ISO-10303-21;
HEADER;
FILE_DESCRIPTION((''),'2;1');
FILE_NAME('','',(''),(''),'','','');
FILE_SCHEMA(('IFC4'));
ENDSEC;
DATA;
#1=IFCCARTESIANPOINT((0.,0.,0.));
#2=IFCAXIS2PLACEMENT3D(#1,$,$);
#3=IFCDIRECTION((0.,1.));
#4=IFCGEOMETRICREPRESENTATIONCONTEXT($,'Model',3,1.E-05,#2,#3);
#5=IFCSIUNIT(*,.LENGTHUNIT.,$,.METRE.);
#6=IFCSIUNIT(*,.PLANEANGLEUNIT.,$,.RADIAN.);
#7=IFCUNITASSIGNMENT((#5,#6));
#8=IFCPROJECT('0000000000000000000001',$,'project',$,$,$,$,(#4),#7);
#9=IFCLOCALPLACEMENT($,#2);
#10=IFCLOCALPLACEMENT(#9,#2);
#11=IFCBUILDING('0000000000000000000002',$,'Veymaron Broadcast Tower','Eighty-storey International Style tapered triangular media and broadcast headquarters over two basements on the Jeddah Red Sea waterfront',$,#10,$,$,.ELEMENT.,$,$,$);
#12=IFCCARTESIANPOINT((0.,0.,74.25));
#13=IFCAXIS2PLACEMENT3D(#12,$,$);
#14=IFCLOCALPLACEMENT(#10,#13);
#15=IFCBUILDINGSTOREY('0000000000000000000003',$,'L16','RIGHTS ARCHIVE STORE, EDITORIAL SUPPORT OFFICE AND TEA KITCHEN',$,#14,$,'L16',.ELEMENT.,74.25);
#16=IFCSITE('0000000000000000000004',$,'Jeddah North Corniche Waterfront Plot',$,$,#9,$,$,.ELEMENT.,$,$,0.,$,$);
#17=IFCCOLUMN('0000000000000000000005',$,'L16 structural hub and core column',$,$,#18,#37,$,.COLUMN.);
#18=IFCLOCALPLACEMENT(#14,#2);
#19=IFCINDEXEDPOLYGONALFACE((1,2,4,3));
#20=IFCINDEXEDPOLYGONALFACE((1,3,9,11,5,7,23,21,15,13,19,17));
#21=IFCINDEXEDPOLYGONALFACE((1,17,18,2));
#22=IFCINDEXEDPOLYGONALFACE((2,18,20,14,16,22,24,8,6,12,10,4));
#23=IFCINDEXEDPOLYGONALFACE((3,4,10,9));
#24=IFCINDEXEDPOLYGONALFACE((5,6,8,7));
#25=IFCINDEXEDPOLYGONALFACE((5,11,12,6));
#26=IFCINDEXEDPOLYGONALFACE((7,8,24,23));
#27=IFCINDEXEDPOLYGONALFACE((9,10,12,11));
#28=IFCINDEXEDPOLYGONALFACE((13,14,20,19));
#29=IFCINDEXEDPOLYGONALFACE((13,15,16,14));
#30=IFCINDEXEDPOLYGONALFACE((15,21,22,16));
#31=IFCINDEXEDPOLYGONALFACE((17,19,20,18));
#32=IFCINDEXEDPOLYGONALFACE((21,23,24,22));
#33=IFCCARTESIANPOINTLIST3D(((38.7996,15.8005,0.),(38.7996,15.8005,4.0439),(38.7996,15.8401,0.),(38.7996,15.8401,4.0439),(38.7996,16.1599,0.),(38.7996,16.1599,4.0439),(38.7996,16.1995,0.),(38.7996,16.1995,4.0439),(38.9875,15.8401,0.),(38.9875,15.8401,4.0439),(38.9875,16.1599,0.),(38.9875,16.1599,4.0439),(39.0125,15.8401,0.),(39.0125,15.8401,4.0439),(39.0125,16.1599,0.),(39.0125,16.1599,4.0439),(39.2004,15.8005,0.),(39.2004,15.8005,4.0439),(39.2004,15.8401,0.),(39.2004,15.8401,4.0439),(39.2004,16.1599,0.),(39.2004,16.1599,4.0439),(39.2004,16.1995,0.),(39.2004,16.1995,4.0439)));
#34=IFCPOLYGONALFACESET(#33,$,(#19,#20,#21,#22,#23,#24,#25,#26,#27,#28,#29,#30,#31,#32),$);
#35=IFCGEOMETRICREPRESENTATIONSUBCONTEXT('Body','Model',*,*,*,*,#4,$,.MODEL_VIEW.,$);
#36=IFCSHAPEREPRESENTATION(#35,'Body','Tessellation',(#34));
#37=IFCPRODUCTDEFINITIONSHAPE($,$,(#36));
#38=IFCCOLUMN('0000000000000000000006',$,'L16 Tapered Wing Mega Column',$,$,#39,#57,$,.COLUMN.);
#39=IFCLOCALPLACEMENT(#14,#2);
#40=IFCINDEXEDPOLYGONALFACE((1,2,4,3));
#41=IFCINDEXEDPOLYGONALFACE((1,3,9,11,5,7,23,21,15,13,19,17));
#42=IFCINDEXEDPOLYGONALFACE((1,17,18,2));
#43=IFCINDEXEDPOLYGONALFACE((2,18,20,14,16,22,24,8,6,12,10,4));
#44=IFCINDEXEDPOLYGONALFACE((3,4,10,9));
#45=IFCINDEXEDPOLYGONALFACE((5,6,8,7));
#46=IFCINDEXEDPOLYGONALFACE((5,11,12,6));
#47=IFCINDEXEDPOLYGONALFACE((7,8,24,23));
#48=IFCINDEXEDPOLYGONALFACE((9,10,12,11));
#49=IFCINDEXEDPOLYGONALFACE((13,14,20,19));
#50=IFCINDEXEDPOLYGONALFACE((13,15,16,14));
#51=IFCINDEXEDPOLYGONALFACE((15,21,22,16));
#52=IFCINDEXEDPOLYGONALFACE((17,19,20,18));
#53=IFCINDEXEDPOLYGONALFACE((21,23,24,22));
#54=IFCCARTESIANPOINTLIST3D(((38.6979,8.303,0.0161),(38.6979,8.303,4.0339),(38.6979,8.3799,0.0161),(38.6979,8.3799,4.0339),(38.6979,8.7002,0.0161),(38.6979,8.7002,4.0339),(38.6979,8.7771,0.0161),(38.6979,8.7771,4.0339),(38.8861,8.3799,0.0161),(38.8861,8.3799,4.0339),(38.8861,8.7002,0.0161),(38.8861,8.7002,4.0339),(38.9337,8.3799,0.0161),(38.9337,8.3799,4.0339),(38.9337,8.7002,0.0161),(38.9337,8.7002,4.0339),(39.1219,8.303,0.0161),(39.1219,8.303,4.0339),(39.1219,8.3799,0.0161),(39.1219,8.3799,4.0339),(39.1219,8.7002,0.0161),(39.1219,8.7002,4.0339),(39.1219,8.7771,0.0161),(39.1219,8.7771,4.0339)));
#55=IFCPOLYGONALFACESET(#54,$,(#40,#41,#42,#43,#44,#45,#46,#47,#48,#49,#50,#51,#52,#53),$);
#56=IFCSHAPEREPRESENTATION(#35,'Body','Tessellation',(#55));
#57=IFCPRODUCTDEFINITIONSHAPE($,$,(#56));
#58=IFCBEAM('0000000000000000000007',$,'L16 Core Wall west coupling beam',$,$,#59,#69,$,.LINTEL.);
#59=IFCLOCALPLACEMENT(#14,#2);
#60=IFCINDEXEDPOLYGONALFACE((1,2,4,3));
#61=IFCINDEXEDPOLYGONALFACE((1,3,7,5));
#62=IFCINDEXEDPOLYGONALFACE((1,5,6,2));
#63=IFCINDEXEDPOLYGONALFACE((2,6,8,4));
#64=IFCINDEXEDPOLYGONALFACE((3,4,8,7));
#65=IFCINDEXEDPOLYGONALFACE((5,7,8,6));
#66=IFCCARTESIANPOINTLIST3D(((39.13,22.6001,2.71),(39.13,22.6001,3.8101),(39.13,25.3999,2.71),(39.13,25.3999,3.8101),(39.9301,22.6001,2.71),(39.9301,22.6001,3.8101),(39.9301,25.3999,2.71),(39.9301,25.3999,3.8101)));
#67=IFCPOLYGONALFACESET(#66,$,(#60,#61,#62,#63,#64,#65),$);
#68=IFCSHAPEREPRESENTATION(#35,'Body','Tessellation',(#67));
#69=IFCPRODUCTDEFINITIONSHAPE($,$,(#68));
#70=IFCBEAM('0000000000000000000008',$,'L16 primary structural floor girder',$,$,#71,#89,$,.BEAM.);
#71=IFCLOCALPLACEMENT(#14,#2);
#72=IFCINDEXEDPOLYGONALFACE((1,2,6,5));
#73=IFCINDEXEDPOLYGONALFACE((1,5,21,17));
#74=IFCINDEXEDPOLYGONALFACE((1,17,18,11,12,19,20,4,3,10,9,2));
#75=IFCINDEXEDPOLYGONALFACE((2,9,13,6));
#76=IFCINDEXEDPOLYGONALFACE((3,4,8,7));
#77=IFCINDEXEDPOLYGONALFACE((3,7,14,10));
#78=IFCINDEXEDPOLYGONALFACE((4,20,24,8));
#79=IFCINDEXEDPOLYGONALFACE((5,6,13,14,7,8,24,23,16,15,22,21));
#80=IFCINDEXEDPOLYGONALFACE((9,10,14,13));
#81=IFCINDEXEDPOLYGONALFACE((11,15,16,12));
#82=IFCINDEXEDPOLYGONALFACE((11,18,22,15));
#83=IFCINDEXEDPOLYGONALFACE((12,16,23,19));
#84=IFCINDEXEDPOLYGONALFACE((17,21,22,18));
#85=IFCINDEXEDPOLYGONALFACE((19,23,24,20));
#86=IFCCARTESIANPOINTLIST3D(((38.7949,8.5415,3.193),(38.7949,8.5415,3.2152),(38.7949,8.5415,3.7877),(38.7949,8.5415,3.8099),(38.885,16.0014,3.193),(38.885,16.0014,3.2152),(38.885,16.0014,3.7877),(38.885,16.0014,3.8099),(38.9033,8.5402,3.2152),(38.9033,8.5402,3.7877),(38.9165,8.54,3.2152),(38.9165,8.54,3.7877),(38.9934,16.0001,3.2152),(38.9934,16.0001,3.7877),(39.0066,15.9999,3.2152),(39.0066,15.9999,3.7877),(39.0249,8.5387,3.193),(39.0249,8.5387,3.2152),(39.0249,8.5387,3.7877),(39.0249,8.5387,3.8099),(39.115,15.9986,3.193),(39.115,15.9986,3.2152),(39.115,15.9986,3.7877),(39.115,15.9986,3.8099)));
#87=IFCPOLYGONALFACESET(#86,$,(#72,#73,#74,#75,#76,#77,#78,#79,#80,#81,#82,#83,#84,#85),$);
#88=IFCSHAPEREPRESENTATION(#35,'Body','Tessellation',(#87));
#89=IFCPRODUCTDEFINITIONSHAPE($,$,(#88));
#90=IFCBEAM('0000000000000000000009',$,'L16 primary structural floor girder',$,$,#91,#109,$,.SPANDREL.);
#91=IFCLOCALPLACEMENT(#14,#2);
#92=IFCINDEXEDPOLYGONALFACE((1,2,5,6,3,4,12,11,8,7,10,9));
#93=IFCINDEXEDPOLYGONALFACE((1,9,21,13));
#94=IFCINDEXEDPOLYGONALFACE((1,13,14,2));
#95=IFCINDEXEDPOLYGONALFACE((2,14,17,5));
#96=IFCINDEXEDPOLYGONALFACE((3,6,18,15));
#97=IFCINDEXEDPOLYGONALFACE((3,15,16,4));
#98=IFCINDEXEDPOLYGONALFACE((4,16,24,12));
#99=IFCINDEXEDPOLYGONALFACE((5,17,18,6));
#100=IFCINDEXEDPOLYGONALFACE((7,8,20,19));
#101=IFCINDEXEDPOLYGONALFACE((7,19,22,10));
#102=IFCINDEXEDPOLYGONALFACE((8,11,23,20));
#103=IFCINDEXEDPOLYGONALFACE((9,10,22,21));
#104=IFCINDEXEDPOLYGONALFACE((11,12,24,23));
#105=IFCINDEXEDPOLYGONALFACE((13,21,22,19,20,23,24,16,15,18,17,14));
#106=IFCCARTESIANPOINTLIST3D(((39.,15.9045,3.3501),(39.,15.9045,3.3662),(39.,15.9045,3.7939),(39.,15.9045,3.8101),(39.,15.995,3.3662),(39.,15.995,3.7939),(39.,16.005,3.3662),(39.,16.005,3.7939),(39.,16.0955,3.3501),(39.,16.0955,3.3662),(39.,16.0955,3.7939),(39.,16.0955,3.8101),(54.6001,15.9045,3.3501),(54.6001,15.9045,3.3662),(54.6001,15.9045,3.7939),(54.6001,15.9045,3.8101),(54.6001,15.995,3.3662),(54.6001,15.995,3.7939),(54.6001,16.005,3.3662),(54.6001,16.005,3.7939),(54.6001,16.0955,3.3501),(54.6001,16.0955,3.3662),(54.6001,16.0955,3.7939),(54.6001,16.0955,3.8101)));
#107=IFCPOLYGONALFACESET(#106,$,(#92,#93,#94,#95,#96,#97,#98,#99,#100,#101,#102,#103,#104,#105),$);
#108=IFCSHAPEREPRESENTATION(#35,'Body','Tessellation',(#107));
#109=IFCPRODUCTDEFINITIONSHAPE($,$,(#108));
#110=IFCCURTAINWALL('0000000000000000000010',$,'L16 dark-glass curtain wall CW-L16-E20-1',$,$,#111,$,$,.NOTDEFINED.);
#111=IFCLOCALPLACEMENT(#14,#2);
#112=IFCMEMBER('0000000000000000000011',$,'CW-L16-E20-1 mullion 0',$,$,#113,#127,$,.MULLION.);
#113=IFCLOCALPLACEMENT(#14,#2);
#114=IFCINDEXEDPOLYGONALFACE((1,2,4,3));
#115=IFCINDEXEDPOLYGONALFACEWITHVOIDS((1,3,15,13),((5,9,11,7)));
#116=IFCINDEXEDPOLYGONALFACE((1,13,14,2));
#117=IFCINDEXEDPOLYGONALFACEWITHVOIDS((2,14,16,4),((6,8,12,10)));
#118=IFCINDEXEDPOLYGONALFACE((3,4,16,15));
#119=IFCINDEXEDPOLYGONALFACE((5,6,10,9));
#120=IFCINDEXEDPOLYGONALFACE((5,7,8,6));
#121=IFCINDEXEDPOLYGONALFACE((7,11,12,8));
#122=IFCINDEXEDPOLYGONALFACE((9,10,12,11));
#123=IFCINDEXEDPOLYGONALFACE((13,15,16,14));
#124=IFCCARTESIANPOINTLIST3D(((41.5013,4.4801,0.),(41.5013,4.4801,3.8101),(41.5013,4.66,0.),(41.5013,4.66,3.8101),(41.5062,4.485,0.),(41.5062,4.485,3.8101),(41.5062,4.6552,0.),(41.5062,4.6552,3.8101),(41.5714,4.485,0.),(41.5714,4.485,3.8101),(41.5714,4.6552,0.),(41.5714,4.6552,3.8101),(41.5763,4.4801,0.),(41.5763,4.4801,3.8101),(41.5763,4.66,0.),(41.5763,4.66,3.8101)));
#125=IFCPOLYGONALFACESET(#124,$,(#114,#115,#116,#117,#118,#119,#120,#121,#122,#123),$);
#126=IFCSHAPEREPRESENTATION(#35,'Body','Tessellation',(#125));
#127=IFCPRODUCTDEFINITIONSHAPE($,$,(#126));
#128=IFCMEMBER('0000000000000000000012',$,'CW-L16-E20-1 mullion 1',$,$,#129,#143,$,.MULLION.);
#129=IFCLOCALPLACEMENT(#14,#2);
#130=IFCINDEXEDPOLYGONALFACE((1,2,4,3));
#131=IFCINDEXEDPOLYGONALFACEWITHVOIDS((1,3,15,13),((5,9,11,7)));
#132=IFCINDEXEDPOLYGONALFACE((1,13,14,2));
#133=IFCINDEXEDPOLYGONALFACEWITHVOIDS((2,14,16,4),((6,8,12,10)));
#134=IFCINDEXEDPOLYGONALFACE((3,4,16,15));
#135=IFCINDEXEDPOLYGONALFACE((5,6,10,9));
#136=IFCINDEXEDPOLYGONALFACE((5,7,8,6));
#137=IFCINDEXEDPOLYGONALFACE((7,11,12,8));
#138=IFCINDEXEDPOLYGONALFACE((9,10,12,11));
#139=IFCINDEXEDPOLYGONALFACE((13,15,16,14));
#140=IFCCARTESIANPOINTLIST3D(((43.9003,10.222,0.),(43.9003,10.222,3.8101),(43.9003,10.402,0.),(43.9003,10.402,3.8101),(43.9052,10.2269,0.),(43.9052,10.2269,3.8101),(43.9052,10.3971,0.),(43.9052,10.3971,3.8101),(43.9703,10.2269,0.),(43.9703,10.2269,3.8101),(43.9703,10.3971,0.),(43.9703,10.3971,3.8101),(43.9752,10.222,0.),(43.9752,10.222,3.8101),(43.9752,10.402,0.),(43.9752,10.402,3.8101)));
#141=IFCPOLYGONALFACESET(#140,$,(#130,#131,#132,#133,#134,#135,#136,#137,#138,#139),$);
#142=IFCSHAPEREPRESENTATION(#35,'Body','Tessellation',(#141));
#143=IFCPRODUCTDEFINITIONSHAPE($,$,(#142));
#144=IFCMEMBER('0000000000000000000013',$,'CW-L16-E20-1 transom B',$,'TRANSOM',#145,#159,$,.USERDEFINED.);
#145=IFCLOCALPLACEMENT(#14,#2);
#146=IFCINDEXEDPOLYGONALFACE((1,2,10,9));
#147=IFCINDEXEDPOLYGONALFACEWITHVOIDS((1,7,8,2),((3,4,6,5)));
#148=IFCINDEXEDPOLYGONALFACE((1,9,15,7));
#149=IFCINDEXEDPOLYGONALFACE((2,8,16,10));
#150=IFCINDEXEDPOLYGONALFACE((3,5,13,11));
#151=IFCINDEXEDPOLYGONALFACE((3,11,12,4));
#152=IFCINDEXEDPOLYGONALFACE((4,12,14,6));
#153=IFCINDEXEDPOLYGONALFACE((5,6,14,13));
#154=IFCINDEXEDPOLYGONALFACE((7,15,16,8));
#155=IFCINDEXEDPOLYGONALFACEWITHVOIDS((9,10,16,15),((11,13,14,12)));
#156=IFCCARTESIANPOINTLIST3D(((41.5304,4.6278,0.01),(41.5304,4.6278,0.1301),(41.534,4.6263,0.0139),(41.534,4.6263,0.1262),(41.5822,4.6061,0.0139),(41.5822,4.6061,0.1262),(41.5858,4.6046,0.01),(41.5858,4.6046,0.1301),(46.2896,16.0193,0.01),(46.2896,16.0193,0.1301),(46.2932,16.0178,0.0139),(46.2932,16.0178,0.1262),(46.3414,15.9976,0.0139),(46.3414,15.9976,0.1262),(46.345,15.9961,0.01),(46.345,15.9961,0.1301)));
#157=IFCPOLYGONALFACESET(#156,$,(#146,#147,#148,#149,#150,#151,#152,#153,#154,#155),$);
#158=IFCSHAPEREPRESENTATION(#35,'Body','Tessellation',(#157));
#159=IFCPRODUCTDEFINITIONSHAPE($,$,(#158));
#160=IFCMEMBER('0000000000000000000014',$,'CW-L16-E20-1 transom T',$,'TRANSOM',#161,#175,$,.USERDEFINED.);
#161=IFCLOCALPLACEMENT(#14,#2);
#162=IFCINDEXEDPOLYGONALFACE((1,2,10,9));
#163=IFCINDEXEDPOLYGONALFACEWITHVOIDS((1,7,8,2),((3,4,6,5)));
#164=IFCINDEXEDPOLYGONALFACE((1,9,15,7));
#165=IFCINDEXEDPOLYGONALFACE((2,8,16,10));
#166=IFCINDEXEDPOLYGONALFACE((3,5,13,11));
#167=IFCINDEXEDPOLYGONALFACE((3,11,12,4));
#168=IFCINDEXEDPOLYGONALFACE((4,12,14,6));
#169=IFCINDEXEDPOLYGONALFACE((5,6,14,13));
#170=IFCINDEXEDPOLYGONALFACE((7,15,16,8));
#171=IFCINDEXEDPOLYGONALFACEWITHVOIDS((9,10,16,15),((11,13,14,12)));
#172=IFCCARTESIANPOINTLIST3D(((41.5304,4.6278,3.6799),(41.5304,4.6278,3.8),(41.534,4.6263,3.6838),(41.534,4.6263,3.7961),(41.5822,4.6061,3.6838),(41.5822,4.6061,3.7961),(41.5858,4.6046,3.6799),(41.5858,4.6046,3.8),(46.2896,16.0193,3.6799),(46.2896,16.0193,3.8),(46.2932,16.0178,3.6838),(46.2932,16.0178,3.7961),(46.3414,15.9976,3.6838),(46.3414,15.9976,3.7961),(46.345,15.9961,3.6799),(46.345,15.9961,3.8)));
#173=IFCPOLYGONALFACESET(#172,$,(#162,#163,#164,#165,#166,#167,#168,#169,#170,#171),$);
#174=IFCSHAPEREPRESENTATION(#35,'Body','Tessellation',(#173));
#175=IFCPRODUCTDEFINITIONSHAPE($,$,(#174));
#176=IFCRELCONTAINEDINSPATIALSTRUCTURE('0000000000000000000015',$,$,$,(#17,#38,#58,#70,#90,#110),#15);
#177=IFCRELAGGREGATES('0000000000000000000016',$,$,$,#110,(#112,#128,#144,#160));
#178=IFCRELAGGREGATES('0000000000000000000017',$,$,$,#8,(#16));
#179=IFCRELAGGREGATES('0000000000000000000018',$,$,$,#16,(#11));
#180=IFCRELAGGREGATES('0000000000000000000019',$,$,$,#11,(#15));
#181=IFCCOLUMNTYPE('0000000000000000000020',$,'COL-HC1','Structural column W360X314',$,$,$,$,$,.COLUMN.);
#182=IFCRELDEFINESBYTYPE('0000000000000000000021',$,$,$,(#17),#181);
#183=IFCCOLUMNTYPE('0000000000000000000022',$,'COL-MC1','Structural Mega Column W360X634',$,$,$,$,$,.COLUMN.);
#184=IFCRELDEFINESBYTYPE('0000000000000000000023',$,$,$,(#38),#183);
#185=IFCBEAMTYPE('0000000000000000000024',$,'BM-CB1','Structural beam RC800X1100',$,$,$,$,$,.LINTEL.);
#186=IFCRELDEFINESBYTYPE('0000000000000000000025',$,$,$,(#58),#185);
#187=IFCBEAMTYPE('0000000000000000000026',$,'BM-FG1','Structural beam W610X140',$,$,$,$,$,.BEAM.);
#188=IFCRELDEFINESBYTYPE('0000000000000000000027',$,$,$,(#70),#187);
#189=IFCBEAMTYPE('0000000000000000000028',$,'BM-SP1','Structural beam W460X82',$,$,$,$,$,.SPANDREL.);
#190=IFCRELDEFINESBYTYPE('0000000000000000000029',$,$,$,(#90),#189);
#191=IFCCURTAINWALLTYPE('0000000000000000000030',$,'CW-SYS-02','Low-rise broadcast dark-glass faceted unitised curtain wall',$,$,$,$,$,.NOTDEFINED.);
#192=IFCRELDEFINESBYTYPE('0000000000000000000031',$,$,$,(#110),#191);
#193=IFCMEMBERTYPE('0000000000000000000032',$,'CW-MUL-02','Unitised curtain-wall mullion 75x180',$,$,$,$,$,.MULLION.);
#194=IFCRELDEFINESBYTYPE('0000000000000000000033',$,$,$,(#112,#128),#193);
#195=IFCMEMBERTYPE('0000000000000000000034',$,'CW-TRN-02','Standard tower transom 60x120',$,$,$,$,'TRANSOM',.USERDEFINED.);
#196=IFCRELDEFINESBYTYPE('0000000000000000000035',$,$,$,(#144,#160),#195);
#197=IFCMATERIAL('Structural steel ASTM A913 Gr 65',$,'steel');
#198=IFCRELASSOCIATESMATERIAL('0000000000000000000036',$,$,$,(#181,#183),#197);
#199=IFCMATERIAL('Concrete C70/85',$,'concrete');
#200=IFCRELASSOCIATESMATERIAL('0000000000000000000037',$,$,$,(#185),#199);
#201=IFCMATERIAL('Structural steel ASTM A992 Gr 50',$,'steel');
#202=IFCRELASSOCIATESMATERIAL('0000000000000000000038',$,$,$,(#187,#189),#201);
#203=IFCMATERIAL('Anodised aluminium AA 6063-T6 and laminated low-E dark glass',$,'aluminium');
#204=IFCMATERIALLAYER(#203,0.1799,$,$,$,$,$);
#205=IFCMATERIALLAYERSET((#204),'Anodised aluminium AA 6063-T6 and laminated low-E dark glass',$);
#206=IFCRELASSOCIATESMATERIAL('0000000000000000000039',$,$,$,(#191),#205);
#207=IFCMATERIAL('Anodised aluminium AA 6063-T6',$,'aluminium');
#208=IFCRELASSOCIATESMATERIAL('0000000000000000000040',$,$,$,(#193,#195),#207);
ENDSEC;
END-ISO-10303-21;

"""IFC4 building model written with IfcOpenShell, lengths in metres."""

from ifc_helpers import new_model, si_unit, direction, frame, origin, origin_2d, place, context, subcontext, project, spatial, rectangle, hollow_rectangle, i_section, extrude, material, layer, layer_set, material_profile, profile_set, type_object, element, aggregate, save


model = new_model("IFC4")

# Units and contexts
model_context = context("Model", 3, precision=1e-05, world=origin(), true_north=direction((0.0, 1.0)))
body_context = subcontext(model_context, "Body", "Model", "MODEL_VIEW")
ifc_project = project(units=[si_unit("LENGTHUNIT", "METRE"), si_unit("PLANEANGLEUNIT", "RADIAN")], contexts=[model_context])

# Site, building, storey
site_placement = place(None, origin())
site = spatial("IfcSite", under=ifc_project, at=site_placement, Name="Jeddah North Corniche Waterfront Plot", CompositionType="ELEMENT", RefElevation=0.0)
building_placement = place(site_placement, origin())
building = spatial("IfcBuilding", under=site, at=building_placement, Name="Veymaron Broadcast Tower", Description="Eighty-storey International Style tapered triangular media and broadcast headquarters over two basements on the Jeddah Red Sea waterfront", CompositionType="ELEMENT")
storey_placement = place(building_placement, frame((0.0, 0.0, 74.25)))
storey = spatial("IfcBuildingStorey", under=building, at=storey_placement, Name="L16", Description="RIGHTS ARCHIVE STORE, EDITORIAL SUPPORT OFFICE AND TEA KITCHEN", LongName="L16", CompositionType="ELEMENT", Elevation=74.25)

# Columns
ifc_material_1 = material(Name="Structural steel ASTM A913 Gr 65", Category="steel")
ifc_material_profile_1 = material_profile(ifc_material_1, i_section(OverallWidth=0.4009, OverallDepth=0.3989, WebThickness=0.0249, FlangeThickness=0.0396, at=origin_2d()), Name="W360X314")
ifc_profile_set_1 = profile_set([ifc_material_profile_1], Name="Structural steel ASTM A913 Gr 65")
column_type_1 = type_object("IfcColumnType", Name="COL-HC1", Description="Structural column W360X314", PredefinedType="COLUMN", material=ifc_profile_set_1)
column_1_placement = place(storey_placement, frame((39.0, 16.0, 0.0), z_axis=(0.0, 0.0, 1.0), x_axis=(1.0, 0.0, 0.0)))
element("IfcColumn", 1, at=column_1_placement, inside=storey, type_object=column_type_1, Name="L16 structural hub and core column", PredefinedType="COLUMN", context=body_context, shape_type="SweptSolid", body=[
    extrude(i_section(OverallWidth=0.4009, OverallDepth=0.3989, WebThickness=0.0249, FlangeThickness=0.0396, at=origin_2d()), origin(), (0.0, 0.0, 1.0), 4.0439),
])
ifc_material_profile_2 = material_profile(ifc_material_1, i_section(OverallWidth=0.4241, OverallDepth=0.4741, WebThickness=0.0476, FlangeThickness=0.0769, at=origin_2d()), Name="W360X634")
ifc_profile_set_2 = profile_set([ifc_material_profile_2], Name="Structural steel ASTM A913 Gr 65")
column_type_2 = type_object("IfcColumnType", Name="COL-MC1", Description="Structural Mega Column W360X634", PredefinedType="COLUMN", material=ifc_profile_set_2)
column_2_placement = place(storey_placement, frame((38.9099, 8.54, 0.0161), z_axis=(0.0, 0.0, 1.0), x_axis=(1.0, 0.0, 0.0)))
element("IfcColumn", 2, at=column_2_placement, inside=storey, type_object=column_type_2, Name="L16 Tapered Wing Mega Column", PredefinedType="COLUMN", context=body_context, shape_type="SweptSolid", body=[
    extrude(i_section(OverallWidth=0.4241, OverallDepth=0.4741, WebThickness=0.0476, FlangeThickness=0.0769, at=origin_2d()), origin(), (0.0, 0.0, 1.0), 4.0178),
])

# Beams
ifc_material_2 = material(Name="Concrete C70/85", Category="concrete")
ifc_material_profile_3 = material_profile(ifc_material_2, rectangle(XDim=0.8, YDim=1.1001, at=origin_2d()), Name="RC800X1100")
ifc_profile_set_3 = profile_set([ifc_material_profile_3], Name="Concrete C70/85")
beam_type_1 = type_object("IfcBeamType", Name="BM-CB1", Description="Structural beam RC800X1100", PredefinedType="LINTEL", material=ifc_profile_set_3)
beam_1_placement = place(storey_placement, frame((39.53, 22.6001, 3.26), z_axis=(0.0, 1.0, 0.0), x_axis=(-1.0, 0.0, 0.0)))
element("IfcBeam", 3, at=beam_1_placement, inside=storey, type_object=beam_type_1, Name="L16 Core Wall west coupling beam", PredefinedType="LINTEL", context=body_context, shape_type="SweptSolid", body=[
    extrude(rectangle(XDim=0.8, YDim=1.1001, at=origin_2d()), origin(), (0.0, 0.0, 1.0), 2.7998),
])
ifc_material_3 = material(Name="Structural steel ASTM A992 Gr 50", Category="steel")
ifc_material_profile_4 = material_profile(ifc_material_3, i_section(OverallWidth=0.23, OverallDepth=0.6169, WebThickness=0.0132, FlangeThickness=0.0222, at=origin_2d()), Name="W610X140")
ifc_profile_set_4 = profile_set([ifc_material_profile_4], Name="Structural steel ASTM A992 Gr 50")
beam_type_2 = type_object("IfcBeamType", Name="BM-FG1", Description="Structural beam W610X140", PredefinedType="BEAM", material=ifc_profile_set_4)
beam_2_placement = place(storey_placement, frame((39.0, 16.0, 3.5015), z_axis=(-0.012075, -0.999927, 0.0), x_axis=(0.999927, -0.012075, 0.0)))
element("IfcBeam", 4, at=beam_2_placement, inside=storey, type_object=beam_type_2, Name="L16 primary structural floor girder", PredefinedType="BEAM", context=body_context, shape_type="SweptSolid", body=[
    extrude(i_section(OverallWidth=0.23, OverallDepth=0.6169, WebThickness=0.0132, FlangeThickness=0.0222, at=origin_2d()), origin(), (0.0, 0.0, 1.0), 7.4604),
])
ifc_material_profile_5 = material_profile(ifc_material_3, i_section(OverallWidth=0.1909, OverallDepth=0.46, WebThickness=0.01, FlangeThickness=0.0161, at=origin_2d()), Name="W460X82")
ifc_profile_set_5 = profile_set([ifc_material_profile_5], Name="Structural steel ASTM A992 Gr 50")
beam_type_3 = type_object("IfcBeamType", Name="BM-SP1", Description="Structural beam W460X82", PredefinedType="SPANDREL", material=ifc_profile_set_5)
beam_3_placement = place(storey_placement, frame((39.0, 16.0, 3.5801), z_axis=(1.0, 0.0, 0.0), x_axis=(0.0, 1.0, 0.0)))
element("IfcBeam", 5, at=beam_3_placement, inside=storey, type_object=beam_type_3, Name="L16 primary structural floor girder", PredefinedType="SPANDREL", context=body_context, shape_type="SweptSolid", body=[
    extrude(i_section(OverallWidth=0.1909, OverallDepth=0.46, WebThickness=0.01, FlangeThickness=0.0161, at=origin_2d()), origin(), (0.0, 0.0, 1.0), 15.6001),
])

# Curtain wall, members
ifc_material_4 = material(Name="Anodised aluminium AA 6063-T6 and laminated low-E dark glass", Category="aluminium")
ifc_layer_1 = layer(ifc_material_4, 0.1799)
ifc_layer_set_1 = layer_set([ifc_layer_1], Name="Anodised aluminium AA 6063-T6 and laminated low-E dark glass")
curtain_wall_type = type_object("IfcCurtainWallType", Name="CW-SYS-02", Description="Low-rise broadcast dark-glass faceted unitised curtain wall", PredefinedType="NOTDEFINED", material=ifc_layer_set_1)
curtain_wall_placement = place(storey_placement, origin())
curtain_wall = element("IfcCurtainWall", 6, at=curtain_wall_placement, inside=storey, type_object=curtain_wall_type, Name="L16 dark-glass curtain wall CW-L16-E20-1", PredefinedType="NOTDEFINED")
ifc_material_5 = material(Name="Anodised aluminium AA 6063-T6", Category="aluminium")
ifc_material_profile_6 = material_profile(ifc_material_5, hollow_rectangle(XDim=0.075, YDim=0.1799, WallThickness=0.0049, at=origin_2d()), Name="AL180X75X5")
ifc_profile_set_6 = profile_set([ifc_material_profile_6], Name="Anodised aluminium AA 6063-T6")
member_type_1 = type_object("IfcMemberType", Name="CW-MUL-02", Description="Unitised curtain-wall mullion 75x180", PredefinedType="MULLION", material=ifc_profile_set_6)
member_1_placement = place(storey_placement, frame((41.5388, 4.5701, 0.0), z_axis=(0.0, 0.0, 1.0), x_axis=(1.0, 0.0, 0.0)))
member_1 = element("IfcMember", 7, at=member_1_placement, type_object=member_type_1, Name="CW-L16-E20-1 mullion 0", PredefinedType="MULLION", context=body_context, shape_type="SweptSolid", body=[
    extrude(hollow_rectangle(XDim=0.075, YDim=0.1799, WallThickness=0.0049, at=origin_2d()), origin(), (0.0, 0.0, 1.0), 3.8101),
])
member_2_placement = place(storey_placement, frame((43.9377, 10.312, 0.0), z_axis=(0.0, 0.0, 1.0), x_axis=(1.0, 0.0, 0.0)))
member_2 = element("IfcMember", 8, at=member_2_placement, type_object=member_type_1, Name="CW-L16-E20-1 mullion 1", PredefinedType="MULLION", context=body_context, shape_type="SweptSolid", body=[
    extrude(hollow_rectangle(XDim=0.075, YDim=0.1799, WallThickness=0.0049, at=origin_2d()), origin(), (0.0, 0.0, 1.0), 3.8101),
])
ifc_material_profile_7 = material_profile(ifc_material_5, hollow_rectangle(XDim=0.0601, YDim=0.1201, WallThickness=0.0039, at=origin_2d()), Name="AL120X60X4")
ifc_profile_set_7 = profile_set([ifc_material_profile_7], Name="Anodised aluminium AA 6063-T6")
member_type_2 = type_object("IfcMemberType", Name="CW-TRN-02", Description="Standard tower transom 60x120", ElementType="TRANSOM", PredefinedType="USERDEFINED", material=ifc_profile_set_7)
member_3_placement = place(storey_placement, frame((41.5581, 4.6162, 0.0701), z_axis=(0.385497, 0.922709, 0.0), x_axis=(-0.922709, 0.385497, 0.0)))
member_3 = element("IfcMember", 9, at=member_3_placement, type_object=member_type_2, Name="CW-L16-E20-1 transom B", ObjectType="TRANSOM", PredefinedType="USERDEFINED", context=body_context, shape_type="SweptSolid", body=[
    extrude(hollow_rectangle(XDim=0.0601, YDim=0.1201, WallThickness=0.0039, at=origin_2d()), origin(), (0.0, 0.0, 1.0), 12.3457),
])
member_4_placement = place(storey_placement, frame((41.5581, 4.6162, 3.74), z_axis=(0.385497, 0.922709, 0.0), x_axis=(-0.922709, 0.385497, 0.0)))
member_4 = element("IfcMember", 10, at=member_4_placement, type_object=member_type_2, Name="CW-L16-E20-1 transom T", ObjectType="TRANSOM", PredefinedType="USERDEFINED", context=body_context, shape_type="SweptSolid", body=[
    extrude(hollow_rectangle(XDim=0.0601, YDim=0.1201, WallThickness=0.0039, at=origin_2d()), origin(), (0.0, 0.0, 1.0), 12.3457),
])
aggregate(curtain_wall, [member_1, member_2, member_3, member_4])

save(model, "model.ifc")
